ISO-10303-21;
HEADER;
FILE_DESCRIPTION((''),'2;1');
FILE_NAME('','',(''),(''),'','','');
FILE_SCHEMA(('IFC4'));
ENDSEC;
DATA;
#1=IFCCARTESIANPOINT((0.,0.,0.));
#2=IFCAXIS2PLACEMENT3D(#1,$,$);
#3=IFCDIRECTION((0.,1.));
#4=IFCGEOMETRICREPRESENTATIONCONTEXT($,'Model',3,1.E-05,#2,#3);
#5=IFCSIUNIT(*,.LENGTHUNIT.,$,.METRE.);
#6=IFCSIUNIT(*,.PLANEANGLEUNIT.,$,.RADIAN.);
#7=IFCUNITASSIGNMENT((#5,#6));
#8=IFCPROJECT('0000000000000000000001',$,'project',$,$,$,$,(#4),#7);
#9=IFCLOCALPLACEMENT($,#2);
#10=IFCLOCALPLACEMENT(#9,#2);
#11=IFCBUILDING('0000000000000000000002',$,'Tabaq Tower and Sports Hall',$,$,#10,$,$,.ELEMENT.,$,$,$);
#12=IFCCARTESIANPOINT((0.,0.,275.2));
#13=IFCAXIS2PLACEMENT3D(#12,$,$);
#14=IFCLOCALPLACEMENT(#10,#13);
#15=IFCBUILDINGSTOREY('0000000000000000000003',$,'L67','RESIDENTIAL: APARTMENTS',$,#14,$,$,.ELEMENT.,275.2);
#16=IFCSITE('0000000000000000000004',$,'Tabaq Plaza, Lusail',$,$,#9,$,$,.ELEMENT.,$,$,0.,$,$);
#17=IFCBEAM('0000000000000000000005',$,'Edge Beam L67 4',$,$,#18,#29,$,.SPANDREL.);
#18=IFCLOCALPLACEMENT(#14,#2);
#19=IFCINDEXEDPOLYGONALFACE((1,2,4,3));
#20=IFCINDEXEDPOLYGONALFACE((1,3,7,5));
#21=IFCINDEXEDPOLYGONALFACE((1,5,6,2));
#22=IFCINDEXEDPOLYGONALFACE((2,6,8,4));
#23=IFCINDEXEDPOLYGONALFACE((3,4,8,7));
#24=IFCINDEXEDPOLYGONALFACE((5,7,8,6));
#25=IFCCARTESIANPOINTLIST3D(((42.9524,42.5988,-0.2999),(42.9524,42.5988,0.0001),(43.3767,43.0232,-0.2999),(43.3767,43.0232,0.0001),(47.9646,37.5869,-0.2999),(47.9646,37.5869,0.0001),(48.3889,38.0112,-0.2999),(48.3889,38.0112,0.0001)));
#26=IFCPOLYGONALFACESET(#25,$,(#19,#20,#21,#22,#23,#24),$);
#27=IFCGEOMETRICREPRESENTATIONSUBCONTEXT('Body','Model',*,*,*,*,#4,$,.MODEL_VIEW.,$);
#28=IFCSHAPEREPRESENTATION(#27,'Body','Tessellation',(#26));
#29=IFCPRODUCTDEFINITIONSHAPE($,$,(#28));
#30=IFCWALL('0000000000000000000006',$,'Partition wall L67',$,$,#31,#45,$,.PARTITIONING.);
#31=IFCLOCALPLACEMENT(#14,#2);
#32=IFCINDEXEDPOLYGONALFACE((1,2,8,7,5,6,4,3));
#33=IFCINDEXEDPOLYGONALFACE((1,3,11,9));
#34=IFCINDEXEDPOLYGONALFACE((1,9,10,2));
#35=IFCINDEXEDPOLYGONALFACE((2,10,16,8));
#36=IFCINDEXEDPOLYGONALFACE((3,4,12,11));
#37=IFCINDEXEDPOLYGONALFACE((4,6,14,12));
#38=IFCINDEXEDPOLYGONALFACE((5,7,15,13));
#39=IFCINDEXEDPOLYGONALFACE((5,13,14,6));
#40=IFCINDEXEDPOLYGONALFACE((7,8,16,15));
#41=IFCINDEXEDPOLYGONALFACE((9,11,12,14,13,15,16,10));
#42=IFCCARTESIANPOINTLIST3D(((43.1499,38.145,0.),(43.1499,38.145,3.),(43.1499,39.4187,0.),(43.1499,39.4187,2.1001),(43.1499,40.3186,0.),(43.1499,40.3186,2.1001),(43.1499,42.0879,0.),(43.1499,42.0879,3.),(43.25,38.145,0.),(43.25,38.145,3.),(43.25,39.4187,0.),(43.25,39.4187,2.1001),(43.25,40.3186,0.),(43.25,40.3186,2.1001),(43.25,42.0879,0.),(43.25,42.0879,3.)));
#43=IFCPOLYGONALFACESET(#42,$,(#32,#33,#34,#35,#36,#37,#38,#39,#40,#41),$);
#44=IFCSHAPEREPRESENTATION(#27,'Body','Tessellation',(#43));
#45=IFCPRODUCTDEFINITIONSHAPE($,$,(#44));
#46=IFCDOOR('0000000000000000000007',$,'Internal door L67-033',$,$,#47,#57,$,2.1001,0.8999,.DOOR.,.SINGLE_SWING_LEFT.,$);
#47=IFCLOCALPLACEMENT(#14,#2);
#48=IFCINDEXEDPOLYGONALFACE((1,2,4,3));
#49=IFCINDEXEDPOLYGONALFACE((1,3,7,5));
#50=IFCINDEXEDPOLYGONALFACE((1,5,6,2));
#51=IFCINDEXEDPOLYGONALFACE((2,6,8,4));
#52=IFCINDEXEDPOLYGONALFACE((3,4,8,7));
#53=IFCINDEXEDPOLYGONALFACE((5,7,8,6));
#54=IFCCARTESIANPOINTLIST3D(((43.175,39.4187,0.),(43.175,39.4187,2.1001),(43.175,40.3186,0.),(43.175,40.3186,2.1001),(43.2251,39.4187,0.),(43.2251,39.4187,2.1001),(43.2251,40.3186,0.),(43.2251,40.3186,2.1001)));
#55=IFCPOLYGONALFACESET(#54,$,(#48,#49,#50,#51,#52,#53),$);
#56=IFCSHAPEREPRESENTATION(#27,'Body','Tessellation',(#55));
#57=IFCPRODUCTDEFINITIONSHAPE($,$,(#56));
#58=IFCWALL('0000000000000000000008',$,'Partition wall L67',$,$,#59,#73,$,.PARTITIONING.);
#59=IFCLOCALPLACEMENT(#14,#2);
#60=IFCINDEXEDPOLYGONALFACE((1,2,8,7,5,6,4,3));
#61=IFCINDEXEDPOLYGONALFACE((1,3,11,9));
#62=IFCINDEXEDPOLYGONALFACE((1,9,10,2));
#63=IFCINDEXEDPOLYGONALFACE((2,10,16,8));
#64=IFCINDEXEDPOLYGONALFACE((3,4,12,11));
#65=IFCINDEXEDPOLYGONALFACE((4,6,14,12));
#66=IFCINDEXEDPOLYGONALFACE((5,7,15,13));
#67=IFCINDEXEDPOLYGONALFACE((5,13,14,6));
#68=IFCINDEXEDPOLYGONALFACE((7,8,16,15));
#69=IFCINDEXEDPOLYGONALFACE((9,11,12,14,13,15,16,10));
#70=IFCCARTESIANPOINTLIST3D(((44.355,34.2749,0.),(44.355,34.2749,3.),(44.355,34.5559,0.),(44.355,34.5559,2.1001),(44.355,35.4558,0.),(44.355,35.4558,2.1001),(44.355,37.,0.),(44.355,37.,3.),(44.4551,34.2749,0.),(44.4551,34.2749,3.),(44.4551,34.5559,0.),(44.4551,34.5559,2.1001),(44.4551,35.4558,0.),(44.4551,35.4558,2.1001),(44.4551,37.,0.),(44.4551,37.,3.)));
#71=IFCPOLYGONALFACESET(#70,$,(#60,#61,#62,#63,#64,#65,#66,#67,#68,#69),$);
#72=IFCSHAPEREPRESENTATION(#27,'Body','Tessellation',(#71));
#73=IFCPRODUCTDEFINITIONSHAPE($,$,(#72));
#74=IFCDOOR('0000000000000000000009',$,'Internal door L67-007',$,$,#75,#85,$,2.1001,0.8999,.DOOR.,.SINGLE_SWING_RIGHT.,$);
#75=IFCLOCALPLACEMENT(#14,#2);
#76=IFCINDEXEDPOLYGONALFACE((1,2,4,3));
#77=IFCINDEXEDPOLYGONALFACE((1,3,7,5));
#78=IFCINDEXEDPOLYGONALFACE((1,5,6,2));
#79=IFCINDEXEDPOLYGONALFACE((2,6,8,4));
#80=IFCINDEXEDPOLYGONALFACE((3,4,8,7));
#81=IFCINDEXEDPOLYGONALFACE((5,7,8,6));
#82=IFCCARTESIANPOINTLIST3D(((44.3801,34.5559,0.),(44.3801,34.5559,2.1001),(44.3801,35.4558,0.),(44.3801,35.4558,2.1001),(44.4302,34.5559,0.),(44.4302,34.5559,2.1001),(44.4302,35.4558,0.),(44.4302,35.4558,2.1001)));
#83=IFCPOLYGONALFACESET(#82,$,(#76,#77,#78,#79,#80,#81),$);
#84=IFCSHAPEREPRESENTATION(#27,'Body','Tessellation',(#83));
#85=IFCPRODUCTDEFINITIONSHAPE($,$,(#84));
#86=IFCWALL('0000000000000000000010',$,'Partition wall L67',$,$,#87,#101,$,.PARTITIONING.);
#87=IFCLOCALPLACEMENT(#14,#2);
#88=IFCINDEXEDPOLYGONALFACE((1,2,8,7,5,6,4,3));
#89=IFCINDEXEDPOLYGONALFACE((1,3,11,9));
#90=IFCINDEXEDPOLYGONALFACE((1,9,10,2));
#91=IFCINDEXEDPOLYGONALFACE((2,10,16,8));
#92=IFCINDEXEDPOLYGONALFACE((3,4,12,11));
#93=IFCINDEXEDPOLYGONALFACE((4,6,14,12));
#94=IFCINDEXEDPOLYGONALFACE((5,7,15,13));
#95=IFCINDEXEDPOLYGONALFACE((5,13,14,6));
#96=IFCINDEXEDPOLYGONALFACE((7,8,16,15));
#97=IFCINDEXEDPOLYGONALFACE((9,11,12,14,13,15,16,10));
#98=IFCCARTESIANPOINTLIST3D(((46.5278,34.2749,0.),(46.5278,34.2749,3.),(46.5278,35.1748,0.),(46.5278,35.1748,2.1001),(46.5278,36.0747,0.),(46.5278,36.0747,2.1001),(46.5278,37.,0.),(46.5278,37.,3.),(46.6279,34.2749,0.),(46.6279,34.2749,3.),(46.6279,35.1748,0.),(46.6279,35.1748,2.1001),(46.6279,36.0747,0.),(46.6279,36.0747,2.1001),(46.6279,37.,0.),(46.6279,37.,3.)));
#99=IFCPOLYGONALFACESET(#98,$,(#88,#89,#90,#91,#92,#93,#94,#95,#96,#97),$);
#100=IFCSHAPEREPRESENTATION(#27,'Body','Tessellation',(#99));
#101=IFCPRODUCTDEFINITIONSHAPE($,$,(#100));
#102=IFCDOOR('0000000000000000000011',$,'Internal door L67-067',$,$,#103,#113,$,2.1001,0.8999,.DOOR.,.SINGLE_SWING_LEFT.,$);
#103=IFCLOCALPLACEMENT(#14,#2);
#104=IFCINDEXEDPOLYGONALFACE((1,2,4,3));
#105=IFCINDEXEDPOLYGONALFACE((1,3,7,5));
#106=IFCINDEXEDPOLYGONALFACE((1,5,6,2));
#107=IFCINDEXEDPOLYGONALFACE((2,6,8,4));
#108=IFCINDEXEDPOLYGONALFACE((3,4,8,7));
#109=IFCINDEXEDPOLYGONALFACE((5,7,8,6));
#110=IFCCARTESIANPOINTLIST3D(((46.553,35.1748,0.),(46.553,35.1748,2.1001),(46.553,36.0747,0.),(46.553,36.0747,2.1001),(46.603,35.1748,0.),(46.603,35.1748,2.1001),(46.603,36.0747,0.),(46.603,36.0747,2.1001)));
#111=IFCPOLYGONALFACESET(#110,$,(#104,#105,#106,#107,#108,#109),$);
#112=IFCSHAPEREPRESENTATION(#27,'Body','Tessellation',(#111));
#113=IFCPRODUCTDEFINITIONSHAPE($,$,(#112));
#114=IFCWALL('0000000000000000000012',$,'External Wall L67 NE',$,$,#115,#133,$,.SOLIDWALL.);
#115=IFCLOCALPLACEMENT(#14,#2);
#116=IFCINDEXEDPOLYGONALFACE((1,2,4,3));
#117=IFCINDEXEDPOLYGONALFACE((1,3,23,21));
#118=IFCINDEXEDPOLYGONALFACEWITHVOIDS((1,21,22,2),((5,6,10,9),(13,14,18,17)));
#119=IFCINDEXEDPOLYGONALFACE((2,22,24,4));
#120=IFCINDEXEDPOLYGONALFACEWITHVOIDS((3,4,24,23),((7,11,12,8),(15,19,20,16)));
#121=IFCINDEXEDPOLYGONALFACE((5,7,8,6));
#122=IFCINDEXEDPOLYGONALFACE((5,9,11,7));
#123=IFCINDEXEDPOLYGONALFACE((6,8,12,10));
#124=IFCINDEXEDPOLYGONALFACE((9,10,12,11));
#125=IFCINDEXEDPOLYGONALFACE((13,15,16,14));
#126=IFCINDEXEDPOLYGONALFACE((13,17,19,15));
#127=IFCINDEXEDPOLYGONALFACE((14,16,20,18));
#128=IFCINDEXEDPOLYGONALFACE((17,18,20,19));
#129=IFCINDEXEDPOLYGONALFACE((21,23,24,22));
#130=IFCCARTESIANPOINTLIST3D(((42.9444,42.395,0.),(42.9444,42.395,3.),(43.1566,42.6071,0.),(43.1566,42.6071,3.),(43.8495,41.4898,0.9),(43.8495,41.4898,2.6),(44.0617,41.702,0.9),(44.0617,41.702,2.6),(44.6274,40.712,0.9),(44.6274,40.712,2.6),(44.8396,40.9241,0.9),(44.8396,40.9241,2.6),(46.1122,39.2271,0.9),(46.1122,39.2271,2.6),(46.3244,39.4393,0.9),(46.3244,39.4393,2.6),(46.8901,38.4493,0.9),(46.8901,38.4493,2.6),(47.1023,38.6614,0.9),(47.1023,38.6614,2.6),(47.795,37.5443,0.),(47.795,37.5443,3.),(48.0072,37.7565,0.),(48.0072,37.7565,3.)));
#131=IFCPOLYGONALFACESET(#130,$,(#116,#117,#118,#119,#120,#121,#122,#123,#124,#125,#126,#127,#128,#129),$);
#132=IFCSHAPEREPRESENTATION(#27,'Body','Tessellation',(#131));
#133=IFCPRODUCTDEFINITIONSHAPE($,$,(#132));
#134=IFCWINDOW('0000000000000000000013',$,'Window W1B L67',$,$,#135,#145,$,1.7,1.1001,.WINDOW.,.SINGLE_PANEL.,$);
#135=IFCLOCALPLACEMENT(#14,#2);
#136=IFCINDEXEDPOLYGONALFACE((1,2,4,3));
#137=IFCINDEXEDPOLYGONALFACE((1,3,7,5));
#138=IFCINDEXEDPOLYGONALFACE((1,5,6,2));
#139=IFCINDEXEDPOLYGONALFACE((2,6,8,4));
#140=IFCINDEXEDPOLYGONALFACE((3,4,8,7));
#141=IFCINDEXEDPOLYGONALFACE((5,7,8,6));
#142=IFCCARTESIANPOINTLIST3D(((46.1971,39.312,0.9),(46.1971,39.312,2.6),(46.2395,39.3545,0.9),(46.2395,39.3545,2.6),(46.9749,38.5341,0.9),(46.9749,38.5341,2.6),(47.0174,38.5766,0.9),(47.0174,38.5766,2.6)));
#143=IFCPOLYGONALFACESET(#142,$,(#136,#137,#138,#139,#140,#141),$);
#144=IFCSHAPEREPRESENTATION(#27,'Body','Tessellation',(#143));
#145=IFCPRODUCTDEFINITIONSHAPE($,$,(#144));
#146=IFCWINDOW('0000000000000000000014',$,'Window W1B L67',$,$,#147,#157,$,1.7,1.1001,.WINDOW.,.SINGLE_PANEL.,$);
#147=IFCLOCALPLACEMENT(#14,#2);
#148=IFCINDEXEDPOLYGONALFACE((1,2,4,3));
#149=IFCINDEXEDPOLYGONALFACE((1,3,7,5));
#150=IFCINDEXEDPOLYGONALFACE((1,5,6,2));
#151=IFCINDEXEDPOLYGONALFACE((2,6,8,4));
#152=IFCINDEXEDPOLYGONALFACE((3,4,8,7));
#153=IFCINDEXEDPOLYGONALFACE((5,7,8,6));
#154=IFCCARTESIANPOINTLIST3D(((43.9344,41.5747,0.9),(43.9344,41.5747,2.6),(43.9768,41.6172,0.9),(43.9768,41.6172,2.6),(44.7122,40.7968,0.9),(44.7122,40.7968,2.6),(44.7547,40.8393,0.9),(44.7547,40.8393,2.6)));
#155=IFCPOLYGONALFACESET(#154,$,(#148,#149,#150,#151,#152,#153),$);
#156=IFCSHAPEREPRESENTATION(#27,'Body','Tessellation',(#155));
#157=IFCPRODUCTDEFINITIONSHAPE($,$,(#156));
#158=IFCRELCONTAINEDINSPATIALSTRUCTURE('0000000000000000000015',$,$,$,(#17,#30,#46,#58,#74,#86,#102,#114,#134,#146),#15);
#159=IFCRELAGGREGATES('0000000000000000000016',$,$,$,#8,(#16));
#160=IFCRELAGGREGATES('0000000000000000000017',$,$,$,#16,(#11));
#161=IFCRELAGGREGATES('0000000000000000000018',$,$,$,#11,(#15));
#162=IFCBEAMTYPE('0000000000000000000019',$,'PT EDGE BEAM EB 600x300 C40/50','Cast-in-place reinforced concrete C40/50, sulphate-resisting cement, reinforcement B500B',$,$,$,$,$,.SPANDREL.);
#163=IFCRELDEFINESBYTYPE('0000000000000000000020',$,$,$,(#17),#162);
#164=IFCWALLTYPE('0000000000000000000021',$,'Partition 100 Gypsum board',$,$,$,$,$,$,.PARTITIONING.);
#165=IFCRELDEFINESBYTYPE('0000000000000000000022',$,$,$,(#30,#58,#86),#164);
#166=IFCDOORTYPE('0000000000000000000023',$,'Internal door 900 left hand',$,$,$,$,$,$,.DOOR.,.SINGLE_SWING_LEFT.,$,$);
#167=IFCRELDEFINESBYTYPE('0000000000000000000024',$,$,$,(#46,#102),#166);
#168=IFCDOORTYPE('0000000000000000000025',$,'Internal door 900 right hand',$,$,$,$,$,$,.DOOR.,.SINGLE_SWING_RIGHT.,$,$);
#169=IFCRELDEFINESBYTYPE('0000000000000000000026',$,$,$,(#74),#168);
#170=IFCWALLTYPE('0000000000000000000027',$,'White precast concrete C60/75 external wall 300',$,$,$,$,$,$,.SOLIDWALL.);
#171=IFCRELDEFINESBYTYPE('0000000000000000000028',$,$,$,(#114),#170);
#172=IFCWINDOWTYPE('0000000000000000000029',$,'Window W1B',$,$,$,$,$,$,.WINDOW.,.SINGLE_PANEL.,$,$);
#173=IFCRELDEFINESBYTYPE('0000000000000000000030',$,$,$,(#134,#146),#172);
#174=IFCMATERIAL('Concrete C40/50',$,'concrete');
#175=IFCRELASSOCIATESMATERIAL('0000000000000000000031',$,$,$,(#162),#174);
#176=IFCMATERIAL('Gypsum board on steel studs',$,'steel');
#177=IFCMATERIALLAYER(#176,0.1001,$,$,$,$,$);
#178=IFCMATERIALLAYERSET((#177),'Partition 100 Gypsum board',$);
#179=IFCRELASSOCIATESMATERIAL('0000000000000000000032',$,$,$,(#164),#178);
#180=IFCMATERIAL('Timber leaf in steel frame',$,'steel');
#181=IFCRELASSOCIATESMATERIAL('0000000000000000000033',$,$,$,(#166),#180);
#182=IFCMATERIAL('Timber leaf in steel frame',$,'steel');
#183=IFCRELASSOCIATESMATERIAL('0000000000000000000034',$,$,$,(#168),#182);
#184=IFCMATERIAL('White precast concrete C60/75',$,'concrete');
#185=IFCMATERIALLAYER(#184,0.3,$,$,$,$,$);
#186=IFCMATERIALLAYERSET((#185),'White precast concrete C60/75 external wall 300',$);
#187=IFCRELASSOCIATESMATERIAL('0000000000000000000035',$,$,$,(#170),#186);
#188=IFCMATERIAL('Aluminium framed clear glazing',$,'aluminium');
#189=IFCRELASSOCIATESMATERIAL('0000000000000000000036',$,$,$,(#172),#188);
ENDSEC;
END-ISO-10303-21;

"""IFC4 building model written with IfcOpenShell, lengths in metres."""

from ifc_helpers import new_model, si_unit, direction, frame, frame_2d, origin, origin_2d, place, context, subcontext, project, spatial, rectangle, extrude, material, layer, layer_set, material_profile, profile_set, type_object, element, fill, save


model = new_model("IFC4")

# Units and contexts
model_context = context("Model", 3, precision=1e-05, world=origin(), true_north=direction((0.0, 1.0)))
body_context = subcontext(model_context, "Body", "Model", "MODEL_VIEW")
ifc_project = project(units=[si_unit("LENGTHUNIT", "METRE"), si_unit("PLANEANGLEUNIT", "RADIAN")], contexts=[model_context])

# Site, building, storey
site_placement = place(None, origin())
site = spatial("IfcSite", under=ifc_project, at=site_placement, Name="Tabaq Plaza, Lusail", CompositionType="ELEMENT", RefElevation=0.0)
building_placement = place(site_placement, origin())
building = spatial("IfcBuilding", under=site, at=building_placement, Name="Tabaq Tower and Sports Hall", CompositionType="ELEMENT")
storey_placement = place(building_placement, frame((0.0, 0.0, 275.2)))
storey = spatial("IfcBuildingStorey", under=building, at=storey_placement, Name="L67", Description="RESIDENTIAL: APARTMENTS", CompositionType="ELEMENT", Elevation=275.2)

# Beam
ifc_material_1 = material(Name="Concrete C40/50", Category="concrete")
ifc_material_profile = material_profile(ifc_material_1, rectangle(XDim=0.6001, YDim=0.3, at=origin_2d()), Name="EB 600x300")
ifc_profile_set = profile_set([ifc_material_profile], Name="Concrete C40/50")
beam_type = type_object("IfcBeamType", Name="PT EDGE BEAM EB 600x300 C40/50", Description="Cast-in-place reinforced concrete C40/50, sulphate-resisting cement, reinforcement B500B", PredefinedType="SPANDREL", material=ifc_profile_set)
beam_placement = place(storey_placement, frame((48.1768, 37.7991, -0.1499), z_axis=(-0.707124, 0.70709, 0.0), x_axis=(-0.70709, -0.707124, 0.0)))
element("IfcBeam", 1, at=beam_placement, inside=storey, type_object=beam_type, Name="Edge Beam L67 4", PredefinedType="SPANDREL", context=body_context, shape_type="SweptSolid", body=[
    extrude(rectangle(XDim=0.6001, YDim=0.3, at=origin_2d()), origin(), (0.0, 0.0, 1.0), 7.0881),
])

# Walls, openings, doors
ifc_material_2 = material(Name="Gypsum board on steel studs", Category="steel")
ifc_layer_1 = layer(ifc_material_2, 0.1001)
ifc_layer_set_1 = layer_set([ifc_layer_1], Name="Partition 100 Gypsum board")
wall_type_1 = type_object("IfcWallType", Name="Partition 100 Gypsum board", PredefinedType="PARTITIONING", material=ifc_layer_set_1)
wall_1_placement = place(storey_placement, frame((43.2, 38.145, 0.0), z_axis=(0.0, 0.0, 1.0), x_axis=(0.0, 1.0, 0.0)))
wall_1 = element("IfcWall", 2, at=wall_1_placement, inside=storey, type_object=wall_type_1, Name="Partition wall L67", PredefinedType="PARTITIONING", context=body_context, shape_type="SweptSolid", body=[
    extrude(rectangle(XDim=3.9429, YDim=0.1001, at=frame_2d((1.9714, 0.0))), origin(), (0.0, 0.0, 1.0), 3.0),
])
opening_1_placement = place(wall_1_placement, frame((1.2737, 0.0, 0.0)))
opening_1 = element("IfcOpeningElement", 3, at=opening_1_placement, cuts=wall_1, PredefinedType="OPENING", context=body_context, shape_type="SweptSolid", body=[
    extrude(rectangle(XDim=0.8999, YDim=2.1001, at=frame_2d((0.45, 1.05))), frame((0.0, 0.05, 0.0), z_axis=(0.0, -1.0, 0.0), x_axis=(1.0, 0.0, 0.0)), (0.0, 0.0, 1.0), 0.1001),
])
ifc_material_3 = material(Name="Timber leaf in steel frame", Category="steel")
door_type_1 = type_object("IfcDoorType", Name="Internal door 900 left hand", OperationType="SINGLE_SWING_LEFT", PredefinedType="DOOR", material=ifc_material_3)
door_1_placement = place(opening_1_placement, origin())
door_1 = element("IfcDoor", 4, at=door_1_placement, inside=storey, type_object=door_type_1, Name="Internal door L67-033", OperationType="SINGLE_SWING_LEFT", OverallHeight=2.1001, OverallWidth=0.8999, PredefinedType="DOOR", context=body_context, shape_type="SweptSolid", body=[
    extrude(rectangle(XDim=0.8999, YDim=2.1001, at=frame_2d((0.45, 1.05))), frame((0.0, 0.0249, 0.0), z_axis=(0.0, -1.0, 0.0), x_axis=(1.0, 0.0, 0.0)), (0.0, 0.0, 1.0), 0.05),
])
fill(opening_1, door_1)
wall_2_placement = place(storey_placement, frame((44.405, 34.2749, 0.0), z_axis=(0.0, 0.0, 1.0), x_axis=(0.0, 1.0, 0.0)))
wall_2 = element("IfcWall", 5, at=wall_2_placement, inside=storey, type_object=wall_type_1, Name="Partition wall L67", PredefinedType="PARTITIONING", context=body_context, shape_type="SweptSolid", body=[
    extrude(rectangle(XDim=2.7251, YDim=0.1001, at=frame_2d((1.3625, 0.0))), origin(), (0.0, 0.0, 1.0), 3.0),
])
opening_2_placement = place(wall_2_placement, frame((0.281, 0.0, 0.0)))
opening_2 = element("IfcOpeningElement", 6, at=opening_2_placement, cuts=wall_2, PredefinedType="OPENING", context=body_context, shape_type="SweptSolid", body=[
    extrude(rectangle(XDim=0.8999, YDim=2.1001, at=frame_2d((0.45, 1.05))), frame((0.0, 0.05, 0.0), z_axis=(0.0, -1.0, 0.0), x_axis=(1.0, 0.0, 0.0)), (0.0, 0.0, 1.0), 0.1001),
])
ifc_material_4 = material(Name="Timber leaf in steel frame", Category="steel")
door_type_2 = type_object("IfcDoorType", Name="Internal door 900 right hand", OperationType="SINGLE_SWING_RIGHT", PredefinedType="DOOR", material=ifc_material_4)
door_2_placement = place(opening_2_placement, origin())
door_2 = element("IfcDoor", 7, at=door_2_placement, inside=storey, type_object=door_type_2, Name="Internal door L67-007", OperationType="SINGLE_SWING_RIGHT", OverallHeight=2.1001, OverallWidth=0.8999, PredefinedType="DOOR", context=body_context, shape_type="SweptSolid", body=[
    extrude(rectangle(XDim=0.8999, YDim=2.1001, at=frame_2d((0.45, 1.05))), frame((0.0, 0.0249, 0.0), z_axis=(0.0, -1.0, 0.0), x_axis=(1.0, 0.0, 0.0)), (0.0, 0.0, 1.0), 0.05),
])
fill(opening_2, door_2)
wall_3_placement = place(storey_placement, frame((46.5779, 34.2749, 0.0), z_axis=(0.0, 0.0, 1.0), x_axis=(0.0, 1.0, 0.0)))
wall_3 = element("IfcWall", 8, at=wall_3_placement, inside=storey, type_object=wall_type_1, Name="Partition wall L67", PredefinedType="PARTITIONING", context=body_context, shape_type="SweptSolid", body=[
    extrude(rectangle(XDim=2.7251, YDim=0.1001, at=frame_2d((1.3625, 0.0))), origin(), (0.0, 0.0, 1.0), 3.0),
])
opening_3_placement = place(wall_3_placement, frame((0.8999, 0.0, 0.0)))
opening_3 = element("IfcOpeningElement", 9, at=opening_3_placement, cuts=wall_3, PredefinedType="OPENING", context=body_context, shape_type="SweptSolid", body=[
    extrude(rectangle(XDim=0.8999, YDim=2.1001, at=frame_2d((0.45, 1.05))), frame((0.0, 0.05, 0.0), z_axis=(0.0, -1.0, 0.0), x_axis=(1.0, 0.0, 0.0)), (0.0, 0.0, 1.0), 0.1001),
])
door_3_placement = place(opening_3_placement, origin())
door_3 = element("IfcDoor", 10, at=door_3_placement, inside=storey, type_object=door_type_1, Name="Internal door L67-067", OperationType="SINGLE_SWING_LEFT", OverallHeight=2.1001, OverallWidth=0.8999, PredefinedType="DOOR", context=body_context, shape_type="SweptSolid", body=[
    extrude(rectangle(XDim=0.8999, YDim=2.1001, at=frame_2d((0.45, 1.05))), frame((0.0, 0.0249, 0.0), z_axis=(0.0, -1.0, 0.0), x_axis=(1.0, 0.0, 0.0)), (0.0, 0.0, 1.0), 0.05),
])
fill(opening_3, door_3)

# Wall, openings, windows
ifc_material_5 = material(Name="White precast concrete C60/75", Category="concrete")
ifc_layer_2 = layer(ifc_material_5, 0.3)
ifc_layer_set_2 = layer_set([ifc_layer_2], Name="White precast concrete C60/75 external wall 300")
wall_type_2 = type_object("IfcWallType", Name="White precast concrete C60/75 external wall 300", PredefinedType="SOLIDWALL", material=ifc_layer_set_2)
wall_4_placement = place(storey_placement, frame((47.9011, 37.6504, 0.0), z_axis=(0.0, 0.0, 1.0), x_axis=(-0.707107, 0.707107, 0.0)))
wall_4 = element("IfcWall", 11, at=wall_4_placement, inside=storey, type_object=wall_type_2, Name="External Wall L67 NE", PredefinedType="SOLIDWALL", context=body_context, shape_type="SweptSolid", body=[
    extrude(rectangle(XDim=6.8599, YDim=0.3, at=frame_2d((3.4299, 0.0))), origin(), (0.0, 0.0, 1.0), 3.0),
])
opening_4_placement = place(wall_4_placement, frame((1.2798, 0.0, 0.8999)))
opening_4 = element("IfcOpeningElement", 12, at=opening_4_placement, cuts=wall_4, PredefinedType="OPENING", context=body_context, shape_type="SweptSolid", body=[
    extrude(rectangle(XDim=1.1001, YDim=1.7, at=frame_2d((0.55, 0.8501))), frame((0.0, 0.1602, 0.0), z_axis=(0.0, -1.0, 0.0), x_axis=(1.0, 0.0, 0.0)), (0.0, 0.0, 1.0), 0.3201),
])
opening_5_placement = place(wall_4_placement, frame((4.4797, 0.0, 0.8999)))
opening_5 = element("IfcOpeningElement", 13, at=opening_5_placement, cuts=wall_4, PredefinedType="OPENING", context=body_context, shape_type="SweptSolid", body=[
    extrude(rectangle(XDim=1.1001, YDim=1.7, at=frame_2d((0.55, 0.8501))), frame((0.0, 0.1602, 0.0), z_axis=(0.0, -1.0, 0.0), x_axis=(1.0, 0.0, 0.0)), (0.0, 0.0, 1.0), 0.3201),
])
ifc_material_6 = material(Name="Aluminium framed clear glazing", Category="aluminium")
window_type = type_object("IfcWindowType", Name="Window W1B", PartitioningType="SINGLE_PANEL", PredefinedType="WINDOW", material=ifc_material_6)
window_1_placement = place(opening_4_placement, origin())
window_1 = element("IfcWindow", 14, at=window_1_placement, inside=storey, type_object=window_type, Name="Window W1B L67", OverallHeight=1.7, OverallWidth=1.1001, PartitioningType="SINGLE_PANEL", PredefinedType="WINDOW", context=body_context, shape_type="SweptSolid", body=[
    extrude(rectangle(XDim=1.1001, YDim=1.7, at=frame_2d((0.55, 0.8501))), frame((0.0, 0.03, 0.0), z_axis=(0.0, -1.0, 0.0), x_axis=(1.0, 0.0, 0.0)), (0.0, 0.0, 1.0), 0.0601),
])
fill(opening_4, window_1)
window_2_placement = place(opening_5_placement, origin())
window_2 = element("IfcWindow", 15, at=window_2_placement, inside=storey, type_object=window_type, Name="Window W1B L67", OverallHeight=1.7, OverallWidth=1.1001, PartitioningType="SINGLE_PANEL", PredefinedType="WINDOW", context=body_context, shape_type="SweptSolid", body=[
    extrude(rectangle(XDim=1.1001, YDim=1.7, at=frame_2d((0.55, 0.8501))), frame((0.0, 0.03, 0.0), z_axis=(0.0, -1.0, 0.0), x_axis=(1.0, 0.0, 0.0)), (0.0, 0.0, 1.0), 0.0601),
])
fill(opening_5, window_2)

save(model, "model.ifc")
